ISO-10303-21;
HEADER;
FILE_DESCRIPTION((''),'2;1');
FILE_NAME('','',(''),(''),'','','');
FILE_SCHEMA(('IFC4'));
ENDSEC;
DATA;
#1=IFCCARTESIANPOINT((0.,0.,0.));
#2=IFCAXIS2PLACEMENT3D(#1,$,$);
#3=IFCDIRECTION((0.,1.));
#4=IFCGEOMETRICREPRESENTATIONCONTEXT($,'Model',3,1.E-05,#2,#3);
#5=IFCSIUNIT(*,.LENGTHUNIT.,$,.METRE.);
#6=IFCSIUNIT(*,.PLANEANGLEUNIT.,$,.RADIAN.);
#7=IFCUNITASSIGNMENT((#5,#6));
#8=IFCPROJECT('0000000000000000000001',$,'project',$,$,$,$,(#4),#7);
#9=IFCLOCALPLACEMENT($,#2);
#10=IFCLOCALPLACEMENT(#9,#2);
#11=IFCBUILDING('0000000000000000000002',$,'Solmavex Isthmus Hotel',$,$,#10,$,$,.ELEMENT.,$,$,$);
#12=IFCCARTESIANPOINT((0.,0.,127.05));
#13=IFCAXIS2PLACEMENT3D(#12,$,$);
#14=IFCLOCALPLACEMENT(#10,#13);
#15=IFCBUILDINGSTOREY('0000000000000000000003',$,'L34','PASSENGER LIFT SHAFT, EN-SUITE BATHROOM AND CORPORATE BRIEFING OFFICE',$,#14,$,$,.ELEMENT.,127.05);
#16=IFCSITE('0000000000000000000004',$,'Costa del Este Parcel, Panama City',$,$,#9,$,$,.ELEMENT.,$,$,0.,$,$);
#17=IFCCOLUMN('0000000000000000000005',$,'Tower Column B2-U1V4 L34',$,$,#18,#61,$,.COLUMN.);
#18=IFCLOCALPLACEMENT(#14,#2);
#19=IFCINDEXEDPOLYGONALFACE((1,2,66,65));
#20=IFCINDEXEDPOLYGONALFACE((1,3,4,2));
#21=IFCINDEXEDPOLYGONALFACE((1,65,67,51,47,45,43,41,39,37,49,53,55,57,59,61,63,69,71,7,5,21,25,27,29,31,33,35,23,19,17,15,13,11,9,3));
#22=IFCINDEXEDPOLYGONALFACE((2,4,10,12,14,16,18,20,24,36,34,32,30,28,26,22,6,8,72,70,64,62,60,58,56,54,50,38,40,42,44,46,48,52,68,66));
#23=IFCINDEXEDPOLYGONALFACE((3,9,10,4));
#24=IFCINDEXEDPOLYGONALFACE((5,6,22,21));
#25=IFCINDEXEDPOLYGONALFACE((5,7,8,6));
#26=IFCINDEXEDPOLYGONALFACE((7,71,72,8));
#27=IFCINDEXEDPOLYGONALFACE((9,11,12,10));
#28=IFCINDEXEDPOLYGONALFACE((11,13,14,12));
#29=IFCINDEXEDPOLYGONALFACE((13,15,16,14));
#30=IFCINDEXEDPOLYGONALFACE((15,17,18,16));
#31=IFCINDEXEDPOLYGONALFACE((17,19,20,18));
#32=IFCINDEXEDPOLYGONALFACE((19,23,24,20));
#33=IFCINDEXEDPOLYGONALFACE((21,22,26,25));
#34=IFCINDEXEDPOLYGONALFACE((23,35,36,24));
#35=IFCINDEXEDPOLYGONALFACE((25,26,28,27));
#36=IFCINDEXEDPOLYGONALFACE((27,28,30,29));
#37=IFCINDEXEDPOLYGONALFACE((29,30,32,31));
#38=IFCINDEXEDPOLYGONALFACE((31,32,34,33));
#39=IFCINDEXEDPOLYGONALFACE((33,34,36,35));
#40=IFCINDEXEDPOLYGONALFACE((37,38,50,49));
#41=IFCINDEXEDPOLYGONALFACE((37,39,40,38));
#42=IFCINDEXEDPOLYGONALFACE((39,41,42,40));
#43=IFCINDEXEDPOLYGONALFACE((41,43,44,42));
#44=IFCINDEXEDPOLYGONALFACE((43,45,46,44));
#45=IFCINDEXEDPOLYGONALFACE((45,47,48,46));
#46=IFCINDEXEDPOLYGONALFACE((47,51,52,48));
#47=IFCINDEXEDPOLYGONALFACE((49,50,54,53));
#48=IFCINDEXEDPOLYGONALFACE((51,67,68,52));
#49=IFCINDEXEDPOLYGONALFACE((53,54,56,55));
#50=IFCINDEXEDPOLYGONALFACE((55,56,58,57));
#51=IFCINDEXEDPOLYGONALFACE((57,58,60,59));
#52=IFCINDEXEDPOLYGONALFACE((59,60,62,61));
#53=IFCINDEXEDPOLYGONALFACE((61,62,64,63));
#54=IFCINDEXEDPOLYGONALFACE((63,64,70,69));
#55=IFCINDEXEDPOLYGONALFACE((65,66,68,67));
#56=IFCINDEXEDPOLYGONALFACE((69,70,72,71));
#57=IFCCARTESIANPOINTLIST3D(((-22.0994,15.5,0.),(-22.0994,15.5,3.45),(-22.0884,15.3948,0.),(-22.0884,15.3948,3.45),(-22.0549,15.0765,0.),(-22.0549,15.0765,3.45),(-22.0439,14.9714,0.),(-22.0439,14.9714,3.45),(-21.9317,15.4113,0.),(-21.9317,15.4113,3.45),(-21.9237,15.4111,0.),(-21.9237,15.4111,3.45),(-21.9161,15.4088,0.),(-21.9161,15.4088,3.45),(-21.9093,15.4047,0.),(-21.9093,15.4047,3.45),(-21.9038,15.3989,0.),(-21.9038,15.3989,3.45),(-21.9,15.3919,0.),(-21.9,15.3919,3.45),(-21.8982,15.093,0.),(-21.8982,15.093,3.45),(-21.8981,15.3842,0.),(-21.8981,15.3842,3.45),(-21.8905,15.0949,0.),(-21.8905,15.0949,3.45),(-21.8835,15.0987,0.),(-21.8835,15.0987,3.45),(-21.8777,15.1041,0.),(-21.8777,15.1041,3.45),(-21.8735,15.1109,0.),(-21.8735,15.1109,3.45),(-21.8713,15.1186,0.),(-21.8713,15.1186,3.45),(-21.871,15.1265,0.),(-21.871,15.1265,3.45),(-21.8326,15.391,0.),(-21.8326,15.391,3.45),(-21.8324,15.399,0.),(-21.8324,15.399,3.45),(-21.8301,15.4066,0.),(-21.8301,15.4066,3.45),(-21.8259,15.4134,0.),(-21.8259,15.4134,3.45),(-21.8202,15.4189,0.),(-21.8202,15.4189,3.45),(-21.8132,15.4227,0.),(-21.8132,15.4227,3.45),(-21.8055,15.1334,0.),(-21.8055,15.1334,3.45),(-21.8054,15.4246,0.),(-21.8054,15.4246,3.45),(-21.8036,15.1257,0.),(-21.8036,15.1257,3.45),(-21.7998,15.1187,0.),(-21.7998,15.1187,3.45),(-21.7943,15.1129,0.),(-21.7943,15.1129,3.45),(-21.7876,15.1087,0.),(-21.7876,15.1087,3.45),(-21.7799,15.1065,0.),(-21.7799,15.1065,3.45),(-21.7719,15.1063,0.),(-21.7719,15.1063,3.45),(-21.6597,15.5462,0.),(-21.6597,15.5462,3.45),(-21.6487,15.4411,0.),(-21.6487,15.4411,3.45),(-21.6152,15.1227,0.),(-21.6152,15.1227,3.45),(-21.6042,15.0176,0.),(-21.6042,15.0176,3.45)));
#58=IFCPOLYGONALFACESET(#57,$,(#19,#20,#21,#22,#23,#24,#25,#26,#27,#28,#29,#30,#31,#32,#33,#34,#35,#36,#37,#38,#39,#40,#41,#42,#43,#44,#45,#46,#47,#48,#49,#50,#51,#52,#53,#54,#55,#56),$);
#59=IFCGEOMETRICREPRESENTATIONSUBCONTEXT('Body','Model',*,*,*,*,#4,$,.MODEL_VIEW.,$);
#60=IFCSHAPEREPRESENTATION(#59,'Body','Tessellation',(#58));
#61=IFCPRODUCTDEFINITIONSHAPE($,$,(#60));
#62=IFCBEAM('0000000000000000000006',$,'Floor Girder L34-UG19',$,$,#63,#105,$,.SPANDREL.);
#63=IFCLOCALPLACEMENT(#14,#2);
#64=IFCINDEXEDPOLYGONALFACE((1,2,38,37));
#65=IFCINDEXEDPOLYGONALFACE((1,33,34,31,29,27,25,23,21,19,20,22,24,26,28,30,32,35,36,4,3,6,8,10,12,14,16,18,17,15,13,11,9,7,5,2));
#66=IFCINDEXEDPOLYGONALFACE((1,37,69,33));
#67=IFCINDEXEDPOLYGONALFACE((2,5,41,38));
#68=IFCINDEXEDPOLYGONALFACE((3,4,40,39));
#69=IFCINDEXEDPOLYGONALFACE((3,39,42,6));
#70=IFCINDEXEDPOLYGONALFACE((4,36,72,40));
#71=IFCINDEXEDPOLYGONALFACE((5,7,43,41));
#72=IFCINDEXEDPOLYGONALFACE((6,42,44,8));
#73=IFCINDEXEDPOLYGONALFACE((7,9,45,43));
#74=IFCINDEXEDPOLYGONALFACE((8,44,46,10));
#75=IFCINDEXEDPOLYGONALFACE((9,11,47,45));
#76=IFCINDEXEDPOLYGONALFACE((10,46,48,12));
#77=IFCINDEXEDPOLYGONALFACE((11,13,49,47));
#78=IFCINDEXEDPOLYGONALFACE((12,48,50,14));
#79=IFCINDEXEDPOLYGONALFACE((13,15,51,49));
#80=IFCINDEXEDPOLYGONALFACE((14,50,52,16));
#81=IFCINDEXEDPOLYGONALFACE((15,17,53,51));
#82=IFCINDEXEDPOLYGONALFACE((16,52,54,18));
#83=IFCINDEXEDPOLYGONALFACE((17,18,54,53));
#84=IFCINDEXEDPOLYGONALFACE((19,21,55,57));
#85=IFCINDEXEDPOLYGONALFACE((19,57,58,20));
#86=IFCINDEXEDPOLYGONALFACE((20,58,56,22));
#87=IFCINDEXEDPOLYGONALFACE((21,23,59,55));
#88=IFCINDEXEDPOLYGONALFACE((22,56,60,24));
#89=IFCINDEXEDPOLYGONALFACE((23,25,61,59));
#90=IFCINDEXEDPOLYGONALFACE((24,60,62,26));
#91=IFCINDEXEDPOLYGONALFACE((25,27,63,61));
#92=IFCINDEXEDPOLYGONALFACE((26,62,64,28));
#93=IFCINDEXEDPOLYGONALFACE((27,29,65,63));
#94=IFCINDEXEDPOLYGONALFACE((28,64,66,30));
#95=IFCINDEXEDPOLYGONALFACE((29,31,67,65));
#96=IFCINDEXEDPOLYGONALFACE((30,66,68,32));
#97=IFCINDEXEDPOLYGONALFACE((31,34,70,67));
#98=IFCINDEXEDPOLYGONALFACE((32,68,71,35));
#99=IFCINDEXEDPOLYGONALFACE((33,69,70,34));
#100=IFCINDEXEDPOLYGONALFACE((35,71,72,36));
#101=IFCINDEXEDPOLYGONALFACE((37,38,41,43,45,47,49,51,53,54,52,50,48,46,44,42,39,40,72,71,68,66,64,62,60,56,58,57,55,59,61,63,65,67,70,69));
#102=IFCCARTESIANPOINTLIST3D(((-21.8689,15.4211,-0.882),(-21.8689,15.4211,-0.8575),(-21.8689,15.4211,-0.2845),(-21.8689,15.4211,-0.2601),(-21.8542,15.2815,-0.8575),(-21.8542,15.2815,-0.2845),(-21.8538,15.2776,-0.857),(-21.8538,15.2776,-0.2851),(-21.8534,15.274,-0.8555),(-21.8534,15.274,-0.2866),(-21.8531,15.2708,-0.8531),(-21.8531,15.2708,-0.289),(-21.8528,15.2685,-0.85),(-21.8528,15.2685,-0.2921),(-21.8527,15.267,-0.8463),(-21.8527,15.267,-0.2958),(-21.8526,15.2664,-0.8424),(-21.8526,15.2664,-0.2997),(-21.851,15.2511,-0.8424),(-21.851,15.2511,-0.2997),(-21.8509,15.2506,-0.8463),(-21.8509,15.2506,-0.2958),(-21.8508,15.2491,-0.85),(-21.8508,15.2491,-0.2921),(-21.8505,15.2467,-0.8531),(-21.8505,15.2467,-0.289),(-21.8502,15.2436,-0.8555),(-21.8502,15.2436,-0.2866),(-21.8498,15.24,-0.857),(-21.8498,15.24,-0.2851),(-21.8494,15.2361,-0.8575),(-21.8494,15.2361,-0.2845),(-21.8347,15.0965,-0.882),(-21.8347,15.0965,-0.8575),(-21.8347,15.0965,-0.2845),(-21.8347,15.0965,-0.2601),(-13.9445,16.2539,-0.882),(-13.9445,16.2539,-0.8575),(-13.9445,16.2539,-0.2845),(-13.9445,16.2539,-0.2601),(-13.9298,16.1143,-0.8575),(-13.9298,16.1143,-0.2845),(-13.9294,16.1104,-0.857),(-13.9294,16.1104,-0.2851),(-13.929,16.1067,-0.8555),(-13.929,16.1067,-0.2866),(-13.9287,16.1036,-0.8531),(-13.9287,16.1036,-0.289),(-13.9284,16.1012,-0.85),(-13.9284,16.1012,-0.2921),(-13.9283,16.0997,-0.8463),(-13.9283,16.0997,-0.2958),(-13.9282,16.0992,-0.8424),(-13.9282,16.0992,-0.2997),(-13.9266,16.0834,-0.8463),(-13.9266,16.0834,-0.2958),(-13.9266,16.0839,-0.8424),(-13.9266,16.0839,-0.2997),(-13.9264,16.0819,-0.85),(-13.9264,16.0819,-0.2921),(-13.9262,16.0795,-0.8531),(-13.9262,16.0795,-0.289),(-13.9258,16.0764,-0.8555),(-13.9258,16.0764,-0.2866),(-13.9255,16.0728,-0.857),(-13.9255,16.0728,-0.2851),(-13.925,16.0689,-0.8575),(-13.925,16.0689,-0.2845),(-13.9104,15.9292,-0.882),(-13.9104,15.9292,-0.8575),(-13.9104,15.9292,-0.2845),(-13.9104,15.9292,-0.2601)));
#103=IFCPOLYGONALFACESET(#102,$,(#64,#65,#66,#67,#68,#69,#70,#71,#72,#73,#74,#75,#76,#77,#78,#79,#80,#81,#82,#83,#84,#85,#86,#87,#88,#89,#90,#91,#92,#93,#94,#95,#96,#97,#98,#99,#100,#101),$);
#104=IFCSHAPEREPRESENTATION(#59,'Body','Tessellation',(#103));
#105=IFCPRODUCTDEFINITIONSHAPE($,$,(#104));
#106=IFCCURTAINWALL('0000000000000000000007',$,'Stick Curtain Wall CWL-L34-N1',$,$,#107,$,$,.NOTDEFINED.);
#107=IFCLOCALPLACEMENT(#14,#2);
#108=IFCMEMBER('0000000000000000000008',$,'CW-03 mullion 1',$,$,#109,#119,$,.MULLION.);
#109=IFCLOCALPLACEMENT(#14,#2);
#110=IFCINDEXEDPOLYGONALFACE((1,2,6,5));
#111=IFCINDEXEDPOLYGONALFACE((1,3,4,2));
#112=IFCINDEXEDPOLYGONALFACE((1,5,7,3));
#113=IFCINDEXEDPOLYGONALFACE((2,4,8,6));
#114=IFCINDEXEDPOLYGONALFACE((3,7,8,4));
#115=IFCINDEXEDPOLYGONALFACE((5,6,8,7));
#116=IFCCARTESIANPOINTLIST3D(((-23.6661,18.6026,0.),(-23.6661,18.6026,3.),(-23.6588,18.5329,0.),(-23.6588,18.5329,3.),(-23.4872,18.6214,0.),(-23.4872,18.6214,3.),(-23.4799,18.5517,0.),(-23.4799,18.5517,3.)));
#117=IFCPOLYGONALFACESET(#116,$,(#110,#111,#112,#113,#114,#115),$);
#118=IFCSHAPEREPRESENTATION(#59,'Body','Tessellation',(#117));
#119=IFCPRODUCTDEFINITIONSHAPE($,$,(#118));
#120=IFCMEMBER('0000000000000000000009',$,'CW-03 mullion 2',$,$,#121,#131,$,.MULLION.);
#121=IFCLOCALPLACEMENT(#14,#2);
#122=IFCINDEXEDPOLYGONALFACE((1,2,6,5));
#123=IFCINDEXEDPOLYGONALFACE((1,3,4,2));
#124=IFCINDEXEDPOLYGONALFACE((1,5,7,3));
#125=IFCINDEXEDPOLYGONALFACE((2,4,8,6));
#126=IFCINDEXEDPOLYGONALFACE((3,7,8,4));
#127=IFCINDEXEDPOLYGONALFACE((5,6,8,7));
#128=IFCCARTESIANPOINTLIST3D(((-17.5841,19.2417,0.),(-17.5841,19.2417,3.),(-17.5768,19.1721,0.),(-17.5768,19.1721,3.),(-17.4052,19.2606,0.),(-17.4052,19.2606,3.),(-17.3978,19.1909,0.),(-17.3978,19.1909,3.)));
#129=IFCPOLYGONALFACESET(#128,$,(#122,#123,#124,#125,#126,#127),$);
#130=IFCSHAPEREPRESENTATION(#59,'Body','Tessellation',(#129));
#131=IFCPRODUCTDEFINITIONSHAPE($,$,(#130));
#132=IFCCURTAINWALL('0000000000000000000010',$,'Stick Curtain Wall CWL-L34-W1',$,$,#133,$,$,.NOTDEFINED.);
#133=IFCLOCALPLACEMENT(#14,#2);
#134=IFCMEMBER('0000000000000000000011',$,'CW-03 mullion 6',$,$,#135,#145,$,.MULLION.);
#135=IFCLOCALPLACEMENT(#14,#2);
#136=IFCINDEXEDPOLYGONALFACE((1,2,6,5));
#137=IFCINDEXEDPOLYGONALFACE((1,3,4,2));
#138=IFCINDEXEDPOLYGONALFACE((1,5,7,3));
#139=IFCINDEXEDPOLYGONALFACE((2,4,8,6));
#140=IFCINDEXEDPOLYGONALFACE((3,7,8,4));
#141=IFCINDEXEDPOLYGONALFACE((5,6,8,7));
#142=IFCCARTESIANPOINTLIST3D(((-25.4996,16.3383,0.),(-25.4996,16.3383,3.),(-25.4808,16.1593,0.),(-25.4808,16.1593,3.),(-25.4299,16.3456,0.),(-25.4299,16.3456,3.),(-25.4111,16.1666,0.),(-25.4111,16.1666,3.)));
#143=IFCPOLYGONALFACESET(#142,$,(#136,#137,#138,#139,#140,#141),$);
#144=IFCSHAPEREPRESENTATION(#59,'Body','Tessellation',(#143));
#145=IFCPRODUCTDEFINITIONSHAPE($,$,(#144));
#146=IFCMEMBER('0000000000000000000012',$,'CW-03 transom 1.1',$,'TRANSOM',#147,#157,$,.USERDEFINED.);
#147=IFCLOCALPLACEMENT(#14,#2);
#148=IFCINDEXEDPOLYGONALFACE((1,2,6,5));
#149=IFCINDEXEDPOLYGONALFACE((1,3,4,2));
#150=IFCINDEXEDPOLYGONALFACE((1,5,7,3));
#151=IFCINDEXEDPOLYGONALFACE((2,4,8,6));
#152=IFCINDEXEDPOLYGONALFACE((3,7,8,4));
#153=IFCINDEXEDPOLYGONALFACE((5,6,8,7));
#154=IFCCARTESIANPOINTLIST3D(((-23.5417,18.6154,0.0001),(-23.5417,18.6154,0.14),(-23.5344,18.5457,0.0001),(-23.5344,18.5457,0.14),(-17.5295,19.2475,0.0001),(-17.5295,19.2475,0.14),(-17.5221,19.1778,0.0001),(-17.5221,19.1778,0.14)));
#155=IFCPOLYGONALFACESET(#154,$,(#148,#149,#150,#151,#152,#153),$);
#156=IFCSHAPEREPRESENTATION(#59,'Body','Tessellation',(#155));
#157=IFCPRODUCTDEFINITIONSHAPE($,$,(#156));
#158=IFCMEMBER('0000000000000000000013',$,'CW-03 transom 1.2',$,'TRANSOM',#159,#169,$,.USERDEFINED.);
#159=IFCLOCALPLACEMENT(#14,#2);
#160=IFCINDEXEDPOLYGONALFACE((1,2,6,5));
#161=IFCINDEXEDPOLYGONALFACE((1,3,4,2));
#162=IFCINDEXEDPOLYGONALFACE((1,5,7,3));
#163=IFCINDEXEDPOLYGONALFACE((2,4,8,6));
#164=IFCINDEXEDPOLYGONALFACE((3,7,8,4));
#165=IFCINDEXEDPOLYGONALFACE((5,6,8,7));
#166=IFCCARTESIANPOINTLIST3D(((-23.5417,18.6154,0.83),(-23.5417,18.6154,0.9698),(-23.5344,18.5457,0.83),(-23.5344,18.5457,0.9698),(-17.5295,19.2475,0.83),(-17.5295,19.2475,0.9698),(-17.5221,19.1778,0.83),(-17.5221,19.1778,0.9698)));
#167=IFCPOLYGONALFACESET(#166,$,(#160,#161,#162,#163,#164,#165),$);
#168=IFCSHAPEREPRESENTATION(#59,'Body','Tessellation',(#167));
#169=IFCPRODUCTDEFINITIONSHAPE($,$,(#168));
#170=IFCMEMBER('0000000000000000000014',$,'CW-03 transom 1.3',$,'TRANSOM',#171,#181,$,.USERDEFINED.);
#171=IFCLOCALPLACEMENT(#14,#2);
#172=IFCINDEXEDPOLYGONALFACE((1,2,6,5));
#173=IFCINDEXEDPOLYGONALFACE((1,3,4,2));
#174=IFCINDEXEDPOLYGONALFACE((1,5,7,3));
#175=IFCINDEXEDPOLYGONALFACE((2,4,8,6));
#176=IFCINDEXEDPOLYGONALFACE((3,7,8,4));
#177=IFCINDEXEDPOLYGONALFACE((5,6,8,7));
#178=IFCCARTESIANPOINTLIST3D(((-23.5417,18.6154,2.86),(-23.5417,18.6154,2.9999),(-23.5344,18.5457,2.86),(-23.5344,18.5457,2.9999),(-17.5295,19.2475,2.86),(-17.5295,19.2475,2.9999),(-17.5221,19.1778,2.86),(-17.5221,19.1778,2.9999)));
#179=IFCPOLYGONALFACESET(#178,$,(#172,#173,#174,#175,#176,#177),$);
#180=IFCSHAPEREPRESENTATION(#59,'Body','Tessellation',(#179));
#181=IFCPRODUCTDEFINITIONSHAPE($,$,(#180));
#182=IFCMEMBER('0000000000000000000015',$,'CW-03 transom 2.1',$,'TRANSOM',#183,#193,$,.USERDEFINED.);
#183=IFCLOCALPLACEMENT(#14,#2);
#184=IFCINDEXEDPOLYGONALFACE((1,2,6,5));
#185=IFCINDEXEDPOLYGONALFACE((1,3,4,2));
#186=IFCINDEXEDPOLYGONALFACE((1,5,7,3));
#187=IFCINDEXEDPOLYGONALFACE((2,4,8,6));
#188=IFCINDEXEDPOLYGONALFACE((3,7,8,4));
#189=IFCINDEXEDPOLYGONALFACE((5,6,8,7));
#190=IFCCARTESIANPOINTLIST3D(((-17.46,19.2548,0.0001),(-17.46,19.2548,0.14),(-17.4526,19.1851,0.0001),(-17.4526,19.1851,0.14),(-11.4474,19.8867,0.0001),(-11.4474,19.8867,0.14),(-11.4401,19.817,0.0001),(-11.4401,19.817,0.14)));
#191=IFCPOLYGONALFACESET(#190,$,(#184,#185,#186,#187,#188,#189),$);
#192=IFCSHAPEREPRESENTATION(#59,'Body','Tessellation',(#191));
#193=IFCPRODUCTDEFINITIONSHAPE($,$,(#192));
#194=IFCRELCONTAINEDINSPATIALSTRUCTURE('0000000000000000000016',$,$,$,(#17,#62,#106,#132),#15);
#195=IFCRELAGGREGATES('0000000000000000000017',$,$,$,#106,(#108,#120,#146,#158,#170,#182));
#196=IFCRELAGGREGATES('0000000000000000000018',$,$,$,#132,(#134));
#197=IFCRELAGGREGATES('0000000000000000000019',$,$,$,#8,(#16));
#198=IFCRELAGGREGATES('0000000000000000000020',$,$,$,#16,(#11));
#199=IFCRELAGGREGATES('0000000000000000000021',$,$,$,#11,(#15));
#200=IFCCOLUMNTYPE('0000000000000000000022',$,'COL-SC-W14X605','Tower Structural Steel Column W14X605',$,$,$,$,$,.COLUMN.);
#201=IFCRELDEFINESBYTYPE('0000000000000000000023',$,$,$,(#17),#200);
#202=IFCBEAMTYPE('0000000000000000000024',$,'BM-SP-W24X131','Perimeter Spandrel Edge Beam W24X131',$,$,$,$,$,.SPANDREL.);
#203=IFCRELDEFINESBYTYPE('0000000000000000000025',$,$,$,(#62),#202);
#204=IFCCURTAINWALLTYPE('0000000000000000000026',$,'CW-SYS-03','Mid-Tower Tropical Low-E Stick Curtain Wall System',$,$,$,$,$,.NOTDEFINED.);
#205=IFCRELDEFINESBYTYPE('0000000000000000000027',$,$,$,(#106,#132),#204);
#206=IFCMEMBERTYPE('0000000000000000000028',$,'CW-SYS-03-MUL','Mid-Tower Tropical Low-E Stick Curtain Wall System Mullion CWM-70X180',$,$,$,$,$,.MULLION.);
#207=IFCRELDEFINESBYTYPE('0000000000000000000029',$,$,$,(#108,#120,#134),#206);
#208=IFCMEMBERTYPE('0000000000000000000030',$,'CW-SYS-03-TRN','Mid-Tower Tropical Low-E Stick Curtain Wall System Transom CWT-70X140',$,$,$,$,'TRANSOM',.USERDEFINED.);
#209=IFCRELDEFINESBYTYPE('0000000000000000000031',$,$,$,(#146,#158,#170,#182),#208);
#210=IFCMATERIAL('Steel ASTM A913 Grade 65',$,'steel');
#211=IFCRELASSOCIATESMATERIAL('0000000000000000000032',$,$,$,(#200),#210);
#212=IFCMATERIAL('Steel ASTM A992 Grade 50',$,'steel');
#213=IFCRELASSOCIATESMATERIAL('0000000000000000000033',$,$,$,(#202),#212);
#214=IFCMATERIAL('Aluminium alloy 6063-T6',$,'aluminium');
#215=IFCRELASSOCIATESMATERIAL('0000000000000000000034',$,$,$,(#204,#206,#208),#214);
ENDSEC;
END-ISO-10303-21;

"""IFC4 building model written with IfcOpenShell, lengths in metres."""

from ifc_helpers import new_model, si_unit, direction, frame, origin, origin_2d, place, context, subcontext, project, spatial, rectangle, i_section, extrude, material, material_profile, profile_set, type_object, element, aggregate, save


model = new_model("IFC4")

# Units and contexts
model_context = context("Model", 3, precision=1e-05, world=origin(), true_north=direction((0.0, 1.0)))
body_context = subcontext(model_context, "Body", "Model", "MODEL_VIEW")
ifc_project = project(units=[si_unit("LENGTHUNIT", "METRE"), si_unit("PLANEANGLEUNIT", "RADIAN")], contexts=[model_context])

# Site, building, storey
site_placement = place(None, origin())
site = spatial("IfcSite", under=ifc_project, at=site_placement, Name="Costa del Este Parcel, Panama City", CompositionType="ELEMENT", RefElevation=0.0)
building_placement = place(site_placement, origin())
building = spatial("IfcBuilding", under=site, at=building_placement, Name="Solmavex Isthmus Hotel", CompositionType="ELEMENT")
storey_placement = place(building_placement, frame((0.0, 0.0, 127.05)))
storey = spatial("IfcBuildingStorey", under=building, at=storey_placement, Name="L34", Description="PASSENGER LIFT SHAFT, EN-SUITE BATHROOM AND CORPORATE BRIEFING OFFICE", CompositionType="ELEMENT", Elevation=127.05)

# Column
ifc_material_1 = material(Name="Steel ASTM A913 Grade 65", Category="steel")
ifc_material_profile_1 = material_profile(ifc_material_1, i_section(OverallWidth=0.4421, OverallDepth=0.5315, WebThickness=0.0659, FlangeThickness=0.1057, FilletRadius=0.0305, at=origin_2d()), Name="W14X605")
ifc_profile_set_1 = profile_set([ifc_material_profile_1], Name="Steel ASTM A913 Grade 65")
column_type = type_object("IfcColumnType", Name="COL-SC-W14X605", Description="Tower Structural Steel Column W14X605", PredefinedType="COLUMN", material=ifc_profile_set_1)
column_placement = place(storey_placement, frame((-21.8518, 15.2588, 0.0), z_axis=(0.0, 0.0, 1.0), x_axis=(0.994522, 0.104528, 0.0)))
element("IfcColumn", 1, at=column_placement, inside=storey, type_object=column_type, Name="Tower Column B2-U1V4 L34", PredefinedType="COLUMN", context=body_context, shape_type="SweptSolid", body=[
    extrude(i_section(OverallWidth=0.4421, OverallDepth=0.5315, WebThickness=0.0659, FlangeThickness=0.1057, FilletRadius=0.0305, at=origin_2d()), origin(), (0.0, 0.0, 1.0), 3.45),
])

# Beam
ifc_material_2 = material(Name="Steel ASTM A992 Grade 50", Category="steel")
ifc_material_profile_2 = material_profile(ifc_material_2, i_section(OverallWidth=0.3264, OverallDepth=0.6218, WebThickness=0.0154, FlangeThickness=0.0244, FilletRadius=0.0151, at=origin_2d()), Name="W24X131")
ifc_profile_set_2 = profile_set([ifc_material_profile_2], Name="Steel ASTM A992 Grade 50")
beam_type = type_object("IfcBeamType", Name="BM-SP-W24X131", Description="Perimeter Spandrel Edge Beam W24X131", PredefinedType="SPANDREL", material=ifc_profile_set_2)
beam_placement = place(storey_placement, frame((-21.8518, 15.2588, -0.571), z_axis=(0.994523, 0.104514, 0.0), x_axis=(-0.104514, 0.994523, 0.0)))
element("IfcBeam", 2, at=beam_placement, inside=storey, type_object=beam_type, Name="Floor Girder L34-UG19", PredefinedType="SPANDREL", context=body_context, shape_type="SweptSolid", body=[
    extrude(i_section(OverallWidth=0.3264, OverallDepth=0.6218, WebThickness=0.0154, FlangeThickness=0.0244, FilletRadius=0.0151, at=origin_2d()), origin(), (0.0, 0.0, 1.0), 7.968),
])

# Curtain wall, members
ifc_material_3 = material(Name="Aluminium alloy 6063-T6", Category="aluminium")
curtain_wall_type = type_object("IfcCurtainWallType", Name="CW-SYS-03", Description="Mid-Tower Tropical Low-E Stick Curtain Wall System", PredefinedType="NOTDEFINED", material=ifc_material_3)
curtain_wall_1_placement = place(storey_placement, origin())
curtain_wall_1 = element("IfcCurtainWall", 3, at=curtain_wall_1_placement, inside=storey, type_object=curtain_wall_type, Name="Stick Curtain Wall CWL-L34-N1", PredefinedType="NOTDEFINED")
ifc_material_profile_3 = material_profile(ifc_material_3, rectangle(XDim=0.0701, YDim=0.1799, at=origin_2d()), Name="CWM-70X180")
ifc_profile_set_3 = profile_set([ifc_material_profile_3], Name="Aluminium alloy 6063-T6")
member_type_1 = type_object("IfcMemberType", Name="CW-SYS-03-MUL", Description="Mid-Tower Tropical Low-E Stick Curtain Wall System Mullion CWM-70X180", PredefinedType="MULLION", material=ifc_profile_set_3)
member_1_placement = place(storey_placement, frame((-23.573, 18.5771, 0.0), z_axis=(0.0, 0.0, 1.0), x_axis=(-0.104528, 0.994522, 0.0)))
member_1 = element("IfcMember", 4, at=member_1_placement, type_object=member_type_1, Name="CW-03 mullion 1", PredefinedType="MULLION", context=body_context, shape_type="SweptSolid", body=[
    extrude(rectangle(XDim=0.0701, YDim=0.1799, at=origin_2d()), origin(), (0.0, 0.0, 1.0), 3.0),
])
member_2_placement = place(storey_placement, frame((-17.491, 19.2163, 0.0), z_axis=(0.0, 0.0, 1.0), x_axis=(-0.104528, 0.994522, 0.0)))
member_2 = element("IfcMember", 5, at=member_2_placement, type_object=member_type_1, Name="CW-03 mullion 2", PredefinedType="MULLION", context=body_context, shape_type="SweptSolid", body=[
    extrude(rectangle(XDim=0.0701, YDim=0.1799, at=origin_2d()), origin(), (0.0, 0.0, 1.0), 3.0),
])

# Curtain wall, member
curtain_wall_2_placement = place(storey_placement, origin())
curtain_wall_2 = element("IfcCurtainWall", 6, at=curtain_wall_2_placement, inside=storey, type_object=curtain_wall_type, Name="Stick Curtain Wall CWL-L34-W1", PredefinedType="NOTDEFINED")
member_3_placement = place(storey_placement, frame((-25.4553, 16.2524, 0.0), z_axis=(0.0, 0.0, 1.0), x_axis=(-0.994522, -0.104528, 0.0)))
member_3 = element("IfcMember", 7, at=member_3_placement, type_object=member_type_1, Name="CW-03 mullion 6", PredefinedType="MULLION", context=body_context, shape_type="SweptSolid", body=[
    extrude(rectangle(XDim=0.0701, YDim=0.1799, at=origin_2d()), origin(), (0.0, 0.0, 1.0), 3.0),
])

# Members
ifc_material_profile_4 = material_profile(ifc_material_3, rectangle(XDim=0.0701, YDim=0.1399, at=origin_2d()), Name="CWT-70X140")
ifc_profile_set_4 = profile_set([ifc_material_profile_4], Name="Aluminium alloy 6063-T6")
member_type_2 = type_object("IfcMemberType", Name="CW-SYS-03-TRN", Description="Mid-Tower Tropical Low-E Stick Curtain Wall System Transom CWT-70X140", ElementType="TRANSOM", PredefinedType="USERDEFINED", material=ifc_profile_set_4)
member_4_placement = place(storey_placement, frame((-23.5381, 18.5806, 0.0701), z_axis=(0.994519, 0.104557, 0.0), x_axis=(-0.104557, 0.994519, 0.0)))
member_4 = element("IfcMember", 8, at=member_4_placement, type_object=member_type_2, Name="CW-03 transom 1.1", ObjectType="TRANSOM", PredefinedType="USERDEFINED", context=body_context, shape_type="SweptSolid", body=[
    extrude(rectangle(XDim=0.0701, YDim=0.1399, at=origin_2d()), origin(), (0.0, 0.0, 1.0), 6.0454),
])
member_5_placement = place(storey_placement, frame((-23.5381, 18.5806, 0.8999), z_axis=(0.994519, 0.104557, 0.0), x_axis=(-0.104557, 0.994519, 0.0)))
member_5 = element("IfcMember", 9, at=member_5_placement, type_object=member_type_2, Name="CW-03 transom 1.2", ObjectType="TRANSOM", PredefinedType="USERDEFINED", context=body_context, shape_type="SweptSolid", body=[
    extrude(rectangle(XDim=0.0701, YDim=0.1399, at=origin_2d()), origin(), (0.0, 0.0, 1.0), 6.0454),
])
member_6_placement = place(storey_placement, frame((-23.5381, 18.5806, 2.9299), z_axis=(0.994519, 0.104557, 0.0), x_axis=(-0.104557, 0.994519, 0.0)))
member_6 = element("IfcMember", 10, at=member_6_placement, type_object=member_type_2, Name="CW-03 transom 1.3", ObjectType="TRANSOM", PredefinedType="USERDEFINED", context=body_context, shape_type="SweptSolid", body=[
    extrude(rectangle(XDim=0.0701, YDim=0.1399, at=origin_2d()), origin(), (0.0, 0.0, 1.0), 6.0454),
])
member_7_placement = place(storey_placement, frame((-17.4563, 19.22, 0.0701), z_axis=(0.994524, 0.104512, 0.0), x_axis=(-0.104512, 0.994524, 0.0)))
member_7 = element("IfcMember", 11, at=member_7_placement, type_object=member_type_2, Name="CW-03 transom 2.1", ObjectType="TRANSOM", PredefinedType="USERDEFINED", context=body_context, shape_type="SweptSolid", body=[
    extrude(rectangle(XDim=0.0701, YDim=0.1399, at=origin_2d()), origin(), (0.0, 0.0, 1.0), 6.0457),
])

aggregate(curtain_wall_1, [member_1, member_2, member_4, member_5, member_6, member_7])
aggregate(curtain_wall_2, [member_3])

save(model, "model.ifc")
